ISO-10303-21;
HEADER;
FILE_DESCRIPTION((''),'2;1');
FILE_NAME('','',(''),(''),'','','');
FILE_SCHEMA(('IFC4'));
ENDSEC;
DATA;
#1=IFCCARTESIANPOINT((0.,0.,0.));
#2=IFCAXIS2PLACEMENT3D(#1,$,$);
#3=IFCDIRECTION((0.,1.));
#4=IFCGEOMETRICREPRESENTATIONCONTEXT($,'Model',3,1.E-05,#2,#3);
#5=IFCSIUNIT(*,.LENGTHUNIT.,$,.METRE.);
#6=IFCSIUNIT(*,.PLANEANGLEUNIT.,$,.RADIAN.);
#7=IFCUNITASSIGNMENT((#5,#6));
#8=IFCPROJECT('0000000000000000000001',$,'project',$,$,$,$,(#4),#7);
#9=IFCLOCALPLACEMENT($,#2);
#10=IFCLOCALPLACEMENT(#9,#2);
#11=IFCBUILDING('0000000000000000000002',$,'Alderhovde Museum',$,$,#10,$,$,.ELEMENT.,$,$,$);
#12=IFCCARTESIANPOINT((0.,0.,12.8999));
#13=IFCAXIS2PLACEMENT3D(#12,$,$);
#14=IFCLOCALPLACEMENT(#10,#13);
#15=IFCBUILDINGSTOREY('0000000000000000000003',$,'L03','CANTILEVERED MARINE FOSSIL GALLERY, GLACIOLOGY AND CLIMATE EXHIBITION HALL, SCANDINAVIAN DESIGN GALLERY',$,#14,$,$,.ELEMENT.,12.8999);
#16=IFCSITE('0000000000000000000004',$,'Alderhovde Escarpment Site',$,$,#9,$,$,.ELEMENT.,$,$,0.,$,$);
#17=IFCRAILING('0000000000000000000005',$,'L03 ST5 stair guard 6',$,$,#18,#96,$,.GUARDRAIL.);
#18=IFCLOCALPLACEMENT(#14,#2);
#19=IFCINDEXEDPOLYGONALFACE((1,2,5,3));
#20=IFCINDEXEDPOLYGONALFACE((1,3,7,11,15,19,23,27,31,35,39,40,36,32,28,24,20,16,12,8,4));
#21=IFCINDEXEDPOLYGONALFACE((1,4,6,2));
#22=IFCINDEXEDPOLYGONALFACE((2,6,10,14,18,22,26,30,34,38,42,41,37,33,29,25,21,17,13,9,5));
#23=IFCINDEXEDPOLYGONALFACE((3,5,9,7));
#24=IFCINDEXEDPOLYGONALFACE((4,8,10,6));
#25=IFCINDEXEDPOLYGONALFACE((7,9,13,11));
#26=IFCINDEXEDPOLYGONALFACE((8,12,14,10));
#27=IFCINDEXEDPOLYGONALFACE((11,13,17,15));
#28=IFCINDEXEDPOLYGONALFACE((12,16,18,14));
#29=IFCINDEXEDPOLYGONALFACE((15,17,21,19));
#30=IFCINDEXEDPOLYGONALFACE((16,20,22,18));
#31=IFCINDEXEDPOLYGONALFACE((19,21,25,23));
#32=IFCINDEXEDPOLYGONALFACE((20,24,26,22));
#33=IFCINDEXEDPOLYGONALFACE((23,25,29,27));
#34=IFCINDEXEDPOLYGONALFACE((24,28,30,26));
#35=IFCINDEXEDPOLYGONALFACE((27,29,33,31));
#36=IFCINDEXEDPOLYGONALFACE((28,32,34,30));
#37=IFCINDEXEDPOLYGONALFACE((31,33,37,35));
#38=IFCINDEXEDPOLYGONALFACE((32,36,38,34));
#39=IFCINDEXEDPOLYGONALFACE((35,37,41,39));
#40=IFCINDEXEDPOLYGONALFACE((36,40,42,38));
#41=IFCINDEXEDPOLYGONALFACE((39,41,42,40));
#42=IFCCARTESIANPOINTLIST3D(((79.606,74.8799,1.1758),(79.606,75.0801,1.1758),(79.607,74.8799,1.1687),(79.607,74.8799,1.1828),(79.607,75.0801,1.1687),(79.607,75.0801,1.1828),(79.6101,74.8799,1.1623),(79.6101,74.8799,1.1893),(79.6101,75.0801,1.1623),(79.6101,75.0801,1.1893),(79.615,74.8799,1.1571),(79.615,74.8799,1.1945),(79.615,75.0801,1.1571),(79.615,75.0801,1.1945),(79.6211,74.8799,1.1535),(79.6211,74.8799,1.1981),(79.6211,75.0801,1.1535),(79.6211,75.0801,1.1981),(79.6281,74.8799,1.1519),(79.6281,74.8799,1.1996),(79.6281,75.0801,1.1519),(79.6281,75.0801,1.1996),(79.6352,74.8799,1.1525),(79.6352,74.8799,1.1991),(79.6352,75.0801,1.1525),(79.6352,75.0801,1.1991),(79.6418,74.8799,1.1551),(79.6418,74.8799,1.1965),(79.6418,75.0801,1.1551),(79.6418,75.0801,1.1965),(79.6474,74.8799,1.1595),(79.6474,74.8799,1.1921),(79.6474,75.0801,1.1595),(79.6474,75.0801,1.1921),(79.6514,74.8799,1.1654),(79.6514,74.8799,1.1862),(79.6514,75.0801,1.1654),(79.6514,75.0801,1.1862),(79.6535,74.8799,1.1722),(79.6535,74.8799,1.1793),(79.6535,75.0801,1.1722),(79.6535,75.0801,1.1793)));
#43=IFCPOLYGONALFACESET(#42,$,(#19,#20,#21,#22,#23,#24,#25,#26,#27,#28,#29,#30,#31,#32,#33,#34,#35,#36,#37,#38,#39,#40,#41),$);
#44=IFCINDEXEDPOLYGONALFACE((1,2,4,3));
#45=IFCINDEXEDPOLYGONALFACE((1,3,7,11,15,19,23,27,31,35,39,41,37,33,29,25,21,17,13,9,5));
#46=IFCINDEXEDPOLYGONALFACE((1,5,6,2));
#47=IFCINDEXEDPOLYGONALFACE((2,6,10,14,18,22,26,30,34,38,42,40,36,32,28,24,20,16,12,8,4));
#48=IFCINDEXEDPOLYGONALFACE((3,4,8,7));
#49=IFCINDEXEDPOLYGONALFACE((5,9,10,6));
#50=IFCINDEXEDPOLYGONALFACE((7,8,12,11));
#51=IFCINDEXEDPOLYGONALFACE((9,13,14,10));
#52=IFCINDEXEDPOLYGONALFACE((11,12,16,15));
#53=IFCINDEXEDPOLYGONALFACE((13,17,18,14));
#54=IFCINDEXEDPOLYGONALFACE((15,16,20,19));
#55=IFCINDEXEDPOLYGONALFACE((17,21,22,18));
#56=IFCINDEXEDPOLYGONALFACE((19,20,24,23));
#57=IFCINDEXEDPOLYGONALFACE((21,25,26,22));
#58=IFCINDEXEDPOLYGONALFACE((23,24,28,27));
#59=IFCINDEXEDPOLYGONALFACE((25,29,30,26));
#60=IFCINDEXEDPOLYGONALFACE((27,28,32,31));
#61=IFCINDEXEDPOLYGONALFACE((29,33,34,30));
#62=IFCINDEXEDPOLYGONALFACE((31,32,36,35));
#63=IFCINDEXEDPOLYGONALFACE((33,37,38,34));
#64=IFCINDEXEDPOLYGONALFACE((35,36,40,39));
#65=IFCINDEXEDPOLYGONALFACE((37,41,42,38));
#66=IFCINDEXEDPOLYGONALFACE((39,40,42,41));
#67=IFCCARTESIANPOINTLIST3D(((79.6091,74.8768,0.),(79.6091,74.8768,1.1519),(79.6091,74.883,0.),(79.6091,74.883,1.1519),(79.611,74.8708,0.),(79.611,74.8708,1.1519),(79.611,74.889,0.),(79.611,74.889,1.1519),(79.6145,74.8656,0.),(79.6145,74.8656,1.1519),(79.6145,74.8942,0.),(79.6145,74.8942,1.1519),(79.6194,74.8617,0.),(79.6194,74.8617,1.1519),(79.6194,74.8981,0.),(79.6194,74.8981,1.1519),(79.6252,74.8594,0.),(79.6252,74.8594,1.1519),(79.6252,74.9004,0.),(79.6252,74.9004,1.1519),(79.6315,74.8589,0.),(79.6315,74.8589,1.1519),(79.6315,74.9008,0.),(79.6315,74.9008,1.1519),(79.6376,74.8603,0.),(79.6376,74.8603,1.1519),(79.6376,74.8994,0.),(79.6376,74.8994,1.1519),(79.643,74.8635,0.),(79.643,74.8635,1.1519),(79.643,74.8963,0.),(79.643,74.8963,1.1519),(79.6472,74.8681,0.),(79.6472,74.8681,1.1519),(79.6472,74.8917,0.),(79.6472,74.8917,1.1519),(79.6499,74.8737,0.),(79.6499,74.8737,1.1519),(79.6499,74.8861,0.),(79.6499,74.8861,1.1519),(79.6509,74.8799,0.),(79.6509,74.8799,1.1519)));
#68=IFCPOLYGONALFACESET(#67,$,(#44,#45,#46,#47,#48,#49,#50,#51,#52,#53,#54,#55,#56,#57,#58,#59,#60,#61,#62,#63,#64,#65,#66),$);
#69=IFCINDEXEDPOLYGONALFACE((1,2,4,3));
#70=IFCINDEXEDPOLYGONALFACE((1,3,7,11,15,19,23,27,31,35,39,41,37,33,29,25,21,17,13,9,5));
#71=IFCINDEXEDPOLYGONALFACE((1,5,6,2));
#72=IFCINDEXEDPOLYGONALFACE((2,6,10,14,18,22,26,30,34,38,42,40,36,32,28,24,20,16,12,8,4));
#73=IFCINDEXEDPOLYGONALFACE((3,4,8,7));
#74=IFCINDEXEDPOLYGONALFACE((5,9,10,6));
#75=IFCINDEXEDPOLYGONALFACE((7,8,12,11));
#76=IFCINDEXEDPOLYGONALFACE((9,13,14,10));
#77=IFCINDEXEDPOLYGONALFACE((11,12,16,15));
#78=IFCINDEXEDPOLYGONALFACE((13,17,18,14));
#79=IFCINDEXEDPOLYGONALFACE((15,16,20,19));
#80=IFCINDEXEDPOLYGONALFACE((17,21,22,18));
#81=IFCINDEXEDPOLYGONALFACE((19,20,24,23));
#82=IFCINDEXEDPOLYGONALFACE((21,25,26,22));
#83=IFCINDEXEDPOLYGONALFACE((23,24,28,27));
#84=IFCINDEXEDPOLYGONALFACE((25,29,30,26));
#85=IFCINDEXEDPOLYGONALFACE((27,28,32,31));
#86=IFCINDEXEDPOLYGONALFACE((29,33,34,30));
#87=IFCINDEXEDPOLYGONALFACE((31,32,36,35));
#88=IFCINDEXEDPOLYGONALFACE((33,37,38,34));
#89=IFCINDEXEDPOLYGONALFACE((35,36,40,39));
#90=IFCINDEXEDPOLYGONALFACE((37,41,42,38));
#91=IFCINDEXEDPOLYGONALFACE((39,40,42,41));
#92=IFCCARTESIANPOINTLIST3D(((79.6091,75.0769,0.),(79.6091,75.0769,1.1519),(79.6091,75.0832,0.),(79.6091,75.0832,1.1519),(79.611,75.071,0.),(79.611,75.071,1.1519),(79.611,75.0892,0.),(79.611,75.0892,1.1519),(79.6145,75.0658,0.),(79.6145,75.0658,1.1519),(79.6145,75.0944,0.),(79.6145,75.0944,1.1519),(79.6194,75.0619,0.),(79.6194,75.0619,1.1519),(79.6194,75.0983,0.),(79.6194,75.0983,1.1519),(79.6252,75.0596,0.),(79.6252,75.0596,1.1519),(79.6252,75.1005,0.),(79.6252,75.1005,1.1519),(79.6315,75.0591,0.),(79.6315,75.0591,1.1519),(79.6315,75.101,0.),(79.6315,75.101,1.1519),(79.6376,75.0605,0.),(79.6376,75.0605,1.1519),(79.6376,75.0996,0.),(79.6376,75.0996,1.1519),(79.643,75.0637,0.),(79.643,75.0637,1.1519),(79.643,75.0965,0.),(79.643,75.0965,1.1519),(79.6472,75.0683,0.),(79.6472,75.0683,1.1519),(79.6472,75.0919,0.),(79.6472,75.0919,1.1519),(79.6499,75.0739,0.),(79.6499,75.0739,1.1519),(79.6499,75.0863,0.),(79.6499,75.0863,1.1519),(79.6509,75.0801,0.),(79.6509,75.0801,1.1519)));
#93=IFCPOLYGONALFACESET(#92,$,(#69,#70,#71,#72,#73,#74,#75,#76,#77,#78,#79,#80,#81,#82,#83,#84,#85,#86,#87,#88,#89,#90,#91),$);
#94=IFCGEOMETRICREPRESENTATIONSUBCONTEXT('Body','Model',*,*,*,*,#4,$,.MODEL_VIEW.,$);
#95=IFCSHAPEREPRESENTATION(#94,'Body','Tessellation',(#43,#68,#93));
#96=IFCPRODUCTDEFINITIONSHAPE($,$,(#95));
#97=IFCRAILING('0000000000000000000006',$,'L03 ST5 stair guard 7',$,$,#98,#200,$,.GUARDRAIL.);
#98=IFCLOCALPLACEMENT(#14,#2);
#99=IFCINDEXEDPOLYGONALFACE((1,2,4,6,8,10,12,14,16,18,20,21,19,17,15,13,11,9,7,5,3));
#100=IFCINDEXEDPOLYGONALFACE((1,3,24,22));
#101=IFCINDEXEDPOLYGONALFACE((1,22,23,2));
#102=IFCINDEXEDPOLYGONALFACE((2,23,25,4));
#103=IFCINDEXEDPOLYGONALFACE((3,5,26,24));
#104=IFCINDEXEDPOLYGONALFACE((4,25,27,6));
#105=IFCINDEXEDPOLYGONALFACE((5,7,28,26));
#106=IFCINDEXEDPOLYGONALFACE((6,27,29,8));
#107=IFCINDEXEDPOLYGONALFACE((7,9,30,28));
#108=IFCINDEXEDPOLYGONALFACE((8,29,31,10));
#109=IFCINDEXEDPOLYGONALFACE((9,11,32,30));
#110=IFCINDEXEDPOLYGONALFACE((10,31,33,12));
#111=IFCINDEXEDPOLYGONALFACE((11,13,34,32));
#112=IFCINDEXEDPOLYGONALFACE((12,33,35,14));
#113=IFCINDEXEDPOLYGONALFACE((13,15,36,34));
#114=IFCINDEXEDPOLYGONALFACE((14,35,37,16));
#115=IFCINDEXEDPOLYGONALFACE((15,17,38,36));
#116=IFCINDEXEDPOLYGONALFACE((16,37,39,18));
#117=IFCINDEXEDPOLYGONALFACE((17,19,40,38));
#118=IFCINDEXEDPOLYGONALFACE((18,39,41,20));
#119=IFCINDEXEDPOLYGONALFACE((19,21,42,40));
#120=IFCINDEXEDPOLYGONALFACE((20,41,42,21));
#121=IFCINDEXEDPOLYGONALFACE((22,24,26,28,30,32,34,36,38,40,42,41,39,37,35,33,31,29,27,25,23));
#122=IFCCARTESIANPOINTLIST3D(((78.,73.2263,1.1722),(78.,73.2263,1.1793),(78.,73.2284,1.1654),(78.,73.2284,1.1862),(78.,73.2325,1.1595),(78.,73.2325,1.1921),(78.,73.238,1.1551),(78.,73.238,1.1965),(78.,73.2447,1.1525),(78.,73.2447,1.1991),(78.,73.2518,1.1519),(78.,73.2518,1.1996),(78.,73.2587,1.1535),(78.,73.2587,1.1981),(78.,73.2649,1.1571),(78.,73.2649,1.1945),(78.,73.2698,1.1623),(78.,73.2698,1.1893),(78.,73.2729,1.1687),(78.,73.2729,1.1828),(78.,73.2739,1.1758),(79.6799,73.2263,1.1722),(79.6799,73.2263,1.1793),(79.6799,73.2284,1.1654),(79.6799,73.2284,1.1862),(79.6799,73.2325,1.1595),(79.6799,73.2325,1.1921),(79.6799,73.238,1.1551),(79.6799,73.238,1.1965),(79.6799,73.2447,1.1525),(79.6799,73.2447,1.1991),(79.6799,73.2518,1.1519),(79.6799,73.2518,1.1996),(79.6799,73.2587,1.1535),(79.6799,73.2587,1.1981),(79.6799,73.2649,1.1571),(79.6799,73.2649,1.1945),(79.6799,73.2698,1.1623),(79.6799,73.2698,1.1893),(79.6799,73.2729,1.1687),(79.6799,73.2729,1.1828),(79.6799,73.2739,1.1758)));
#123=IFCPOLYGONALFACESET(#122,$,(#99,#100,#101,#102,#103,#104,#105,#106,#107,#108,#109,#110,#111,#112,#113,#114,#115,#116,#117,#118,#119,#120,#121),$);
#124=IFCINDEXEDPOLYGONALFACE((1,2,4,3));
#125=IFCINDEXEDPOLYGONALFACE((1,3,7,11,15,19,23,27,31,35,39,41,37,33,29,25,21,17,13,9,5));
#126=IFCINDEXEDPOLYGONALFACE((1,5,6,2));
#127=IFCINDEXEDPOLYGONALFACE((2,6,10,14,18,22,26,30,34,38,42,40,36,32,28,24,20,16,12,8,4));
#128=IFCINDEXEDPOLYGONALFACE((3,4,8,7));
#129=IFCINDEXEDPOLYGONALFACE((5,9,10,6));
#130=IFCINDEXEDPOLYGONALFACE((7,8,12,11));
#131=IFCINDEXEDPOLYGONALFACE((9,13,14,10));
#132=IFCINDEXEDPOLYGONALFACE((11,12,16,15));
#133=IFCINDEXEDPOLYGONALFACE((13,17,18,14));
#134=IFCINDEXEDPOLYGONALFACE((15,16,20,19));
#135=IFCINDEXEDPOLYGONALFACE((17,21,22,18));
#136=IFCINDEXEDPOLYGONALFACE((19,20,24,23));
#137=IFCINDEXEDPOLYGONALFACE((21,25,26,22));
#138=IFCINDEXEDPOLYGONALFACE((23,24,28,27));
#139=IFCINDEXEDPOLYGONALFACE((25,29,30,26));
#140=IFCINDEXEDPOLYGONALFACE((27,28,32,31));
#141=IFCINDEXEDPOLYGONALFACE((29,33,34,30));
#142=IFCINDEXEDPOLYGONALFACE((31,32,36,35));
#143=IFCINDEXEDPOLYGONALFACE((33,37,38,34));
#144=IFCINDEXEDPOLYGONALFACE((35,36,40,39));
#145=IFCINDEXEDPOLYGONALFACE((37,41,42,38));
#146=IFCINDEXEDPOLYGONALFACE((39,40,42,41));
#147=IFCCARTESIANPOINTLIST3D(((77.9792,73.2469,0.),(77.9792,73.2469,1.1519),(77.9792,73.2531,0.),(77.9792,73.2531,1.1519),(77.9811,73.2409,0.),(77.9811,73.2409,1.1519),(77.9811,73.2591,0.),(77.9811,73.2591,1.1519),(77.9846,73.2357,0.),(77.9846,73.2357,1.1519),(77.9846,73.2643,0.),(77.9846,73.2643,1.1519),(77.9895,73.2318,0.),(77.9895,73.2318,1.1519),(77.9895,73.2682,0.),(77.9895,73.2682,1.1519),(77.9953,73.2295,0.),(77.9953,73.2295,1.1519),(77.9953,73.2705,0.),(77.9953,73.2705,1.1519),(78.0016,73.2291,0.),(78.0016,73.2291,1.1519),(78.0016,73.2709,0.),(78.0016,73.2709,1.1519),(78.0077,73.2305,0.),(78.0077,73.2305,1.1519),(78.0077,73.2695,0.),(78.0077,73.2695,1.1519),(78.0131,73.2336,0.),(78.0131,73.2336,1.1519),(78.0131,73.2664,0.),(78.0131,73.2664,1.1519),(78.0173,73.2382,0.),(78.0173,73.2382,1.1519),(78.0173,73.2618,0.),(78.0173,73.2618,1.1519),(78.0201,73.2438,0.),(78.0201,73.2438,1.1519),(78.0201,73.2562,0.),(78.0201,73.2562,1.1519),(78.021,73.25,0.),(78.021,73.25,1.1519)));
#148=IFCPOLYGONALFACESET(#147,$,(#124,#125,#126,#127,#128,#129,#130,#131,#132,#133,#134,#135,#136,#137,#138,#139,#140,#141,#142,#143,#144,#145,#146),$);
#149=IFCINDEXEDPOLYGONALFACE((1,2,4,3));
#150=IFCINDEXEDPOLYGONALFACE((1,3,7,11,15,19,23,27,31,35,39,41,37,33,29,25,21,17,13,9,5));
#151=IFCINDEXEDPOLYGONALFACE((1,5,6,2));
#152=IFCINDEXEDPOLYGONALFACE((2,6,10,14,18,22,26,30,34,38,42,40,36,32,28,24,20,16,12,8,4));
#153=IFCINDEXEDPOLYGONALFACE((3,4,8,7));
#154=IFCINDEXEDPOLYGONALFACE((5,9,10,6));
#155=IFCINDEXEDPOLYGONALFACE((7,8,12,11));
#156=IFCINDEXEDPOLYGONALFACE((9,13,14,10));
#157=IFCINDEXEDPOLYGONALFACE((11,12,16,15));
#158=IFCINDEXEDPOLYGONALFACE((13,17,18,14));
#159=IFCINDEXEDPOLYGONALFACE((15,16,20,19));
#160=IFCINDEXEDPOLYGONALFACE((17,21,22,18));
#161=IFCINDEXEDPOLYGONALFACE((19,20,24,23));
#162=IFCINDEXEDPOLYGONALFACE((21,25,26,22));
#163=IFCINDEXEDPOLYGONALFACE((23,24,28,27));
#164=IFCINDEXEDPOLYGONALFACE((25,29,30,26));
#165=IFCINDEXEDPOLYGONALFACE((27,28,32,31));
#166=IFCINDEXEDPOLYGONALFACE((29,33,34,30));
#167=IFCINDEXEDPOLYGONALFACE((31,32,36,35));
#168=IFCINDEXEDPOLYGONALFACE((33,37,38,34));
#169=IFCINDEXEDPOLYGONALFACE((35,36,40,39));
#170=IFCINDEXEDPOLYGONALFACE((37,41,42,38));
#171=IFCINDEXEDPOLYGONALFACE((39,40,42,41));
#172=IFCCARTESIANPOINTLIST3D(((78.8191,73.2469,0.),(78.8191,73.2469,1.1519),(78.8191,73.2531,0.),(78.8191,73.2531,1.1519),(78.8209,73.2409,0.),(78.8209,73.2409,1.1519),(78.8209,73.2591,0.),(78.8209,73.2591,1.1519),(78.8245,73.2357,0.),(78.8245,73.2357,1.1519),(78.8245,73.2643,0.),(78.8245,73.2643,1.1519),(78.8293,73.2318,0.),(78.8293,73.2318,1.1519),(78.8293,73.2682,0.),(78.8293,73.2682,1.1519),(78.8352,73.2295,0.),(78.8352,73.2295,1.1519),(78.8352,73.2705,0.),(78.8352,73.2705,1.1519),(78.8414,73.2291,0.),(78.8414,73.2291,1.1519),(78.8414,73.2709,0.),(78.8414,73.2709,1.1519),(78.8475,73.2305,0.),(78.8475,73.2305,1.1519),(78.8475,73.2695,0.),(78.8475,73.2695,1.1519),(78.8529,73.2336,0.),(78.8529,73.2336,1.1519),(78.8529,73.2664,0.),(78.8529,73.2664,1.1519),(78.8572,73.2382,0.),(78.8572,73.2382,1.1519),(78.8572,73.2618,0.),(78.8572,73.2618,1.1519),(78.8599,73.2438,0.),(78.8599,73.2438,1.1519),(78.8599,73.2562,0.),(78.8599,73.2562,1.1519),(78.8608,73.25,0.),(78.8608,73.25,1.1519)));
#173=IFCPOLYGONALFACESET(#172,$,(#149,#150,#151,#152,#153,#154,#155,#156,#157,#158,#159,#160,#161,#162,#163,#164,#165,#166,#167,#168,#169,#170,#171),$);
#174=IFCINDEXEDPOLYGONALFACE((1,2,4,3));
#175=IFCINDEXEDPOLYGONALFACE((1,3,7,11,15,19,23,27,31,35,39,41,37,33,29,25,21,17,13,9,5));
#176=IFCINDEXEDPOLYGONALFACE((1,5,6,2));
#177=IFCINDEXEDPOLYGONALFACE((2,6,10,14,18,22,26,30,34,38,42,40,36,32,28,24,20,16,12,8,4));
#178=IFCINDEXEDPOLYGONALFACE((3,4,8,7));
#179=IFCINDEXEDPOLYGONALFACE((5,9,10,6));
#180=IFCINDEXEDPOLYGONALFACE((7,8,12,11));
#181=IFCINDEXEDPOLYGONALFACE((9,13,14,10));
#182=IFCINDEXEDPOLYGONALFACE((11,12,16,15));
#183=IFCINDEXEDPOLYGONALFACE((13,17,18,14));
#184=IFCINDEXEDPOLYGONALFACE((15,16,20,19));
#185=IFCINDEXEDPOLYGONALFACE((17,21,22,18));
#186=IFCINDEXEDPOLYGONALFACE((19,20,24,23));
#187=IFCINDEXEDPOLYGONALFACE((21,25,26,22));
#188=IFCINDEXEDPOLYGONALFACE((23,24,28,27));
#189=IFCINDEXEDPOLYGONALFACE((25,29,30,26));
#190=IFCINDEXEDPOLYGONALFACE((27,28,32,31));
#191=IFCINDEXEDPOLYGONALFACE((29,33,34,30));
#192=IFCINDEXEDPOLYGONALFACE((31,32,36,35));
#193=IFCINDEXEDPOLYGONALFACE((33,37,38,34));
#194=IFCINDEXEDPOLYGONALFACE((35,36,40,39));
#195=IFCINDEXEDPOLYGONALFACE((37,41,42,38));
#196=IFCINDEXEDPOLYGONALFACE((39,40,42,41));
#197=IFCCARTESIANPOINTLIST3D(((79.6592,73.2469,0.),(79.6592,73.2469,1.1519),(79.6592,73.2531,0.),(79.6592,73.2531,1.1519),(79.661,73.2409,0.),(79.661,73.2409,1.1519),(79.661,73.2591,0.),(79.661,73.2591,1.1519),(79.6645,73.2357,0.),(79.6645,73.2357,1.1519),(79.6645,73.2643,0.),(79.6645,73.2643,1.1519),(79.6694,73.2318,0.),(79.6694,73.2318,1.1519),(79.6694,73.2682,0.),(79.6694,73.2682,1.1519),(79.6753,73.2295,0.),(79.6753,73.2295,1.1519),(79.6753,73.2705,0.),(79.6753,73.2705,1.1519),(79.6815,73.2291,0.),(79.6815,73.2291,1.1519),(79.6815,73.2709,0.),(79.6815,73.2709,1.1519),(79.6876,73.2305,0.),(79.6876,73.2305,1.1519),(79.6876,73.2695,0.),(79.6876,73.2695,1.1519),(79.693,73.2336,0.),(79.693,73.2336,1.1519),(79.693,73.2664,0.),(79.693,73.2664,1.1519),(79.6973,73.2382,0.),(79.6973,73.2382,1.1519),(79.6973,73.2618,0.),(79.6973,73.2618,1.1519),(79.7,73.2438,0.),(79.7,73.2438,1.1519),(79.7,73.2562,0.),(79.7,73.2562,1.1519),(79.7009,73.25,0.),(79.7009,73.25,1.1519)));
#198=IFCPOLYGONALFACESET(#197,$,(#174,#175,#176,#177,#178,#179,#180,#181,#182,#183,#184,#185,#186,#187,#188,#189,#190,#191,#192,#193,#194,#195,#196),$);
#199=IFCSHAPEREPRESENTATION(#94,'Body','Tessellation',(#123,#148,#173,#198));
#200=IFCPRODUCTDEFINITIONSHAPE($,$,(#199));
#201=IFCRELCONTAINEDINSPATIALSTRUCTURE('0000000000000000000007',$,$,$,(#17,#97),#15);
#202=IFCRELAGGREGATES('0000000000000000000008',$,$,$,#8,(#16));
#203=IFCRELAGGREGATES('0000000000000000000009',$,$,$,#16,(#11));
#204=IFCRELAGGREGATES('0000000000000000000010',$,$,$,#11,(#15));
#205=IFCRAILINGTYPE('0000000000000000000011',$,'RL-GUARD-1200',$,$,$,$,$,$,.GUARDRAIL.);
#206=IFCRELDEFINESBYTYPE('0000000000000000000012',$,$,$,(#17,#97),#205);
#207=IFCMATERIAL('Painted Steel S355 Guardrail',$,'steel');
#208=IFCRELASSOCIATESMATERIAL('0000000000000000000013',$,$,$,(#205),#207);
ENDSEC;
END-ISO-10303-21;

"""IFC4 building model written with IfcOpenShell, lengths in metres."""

from ifc_helpers import new_model, si_unit, direction, frame, origin, origin_2d, place, context, subcontext, project, spatial, circle, extrude, material, type_object, element, save


model = new_model("IFC4")

# Units and contexts
model_context = context("Model", 3, precision=1e-05, world=origin(), true_north=direction((0.0, 1.0)))
body_context = subcontext(model_context, "Body", "Model", "MODEL_VIEW")
ifc_project = project(units=[si_unit("LENGTHUNIT", "METRE"), si_unit("PLANEANGLEUNIT", "RADIAN")], contexts=[model_context])

# Site, building, storey
site_placement = place(None, origin())
site = spatial("IfcSite", under=ifc_project, at=site_placement, Name="Alderhovde Escarpment Site", CompositionType="ELEMENT", RefElevation=0.0)
building_placement = place(site_placement, origin())
building = spatial("IfcBuilding", under=site, at=building_placement, Name="Alderhovde Museum", CompositionType="ELEMENT")
storey_placement = place(building_placement, frame((0.0, 0.0, 12.8999)))
storey = spatial("IfcBuildingStorey", under=building, at=storey_placement, Name="L03", Description="CANTILEVERED MARINE FOSSIL GALLERY, GLACIOLOGY AND CLIMATE EXHIBITION HALL, SCANDINAVIAN DESIGN GALLERY", CompositionType="ELEMENT", Elevation=12.8999)

# Railings
ifc_material_1 = material(Name="Painted Steel S355 Guardrail", Category="steel")
railing_type_1 = type_object("IfcRailingType", Name="RL-GUARD-1200", PredefinedType="GUARDRAIL", material=ifc_material_1)
railing_1_placement = place(storey_placement, frame((79.6299, 74.8799, 0.0)))
element("IfcRailing", 1, at=railing_1_placement, inside=storey, type_object=railing_type_1, Name="L03 ST5 stair guard 6", PredefinedType="GUARDRAIL", context=body_context, shape_type="SweptSolid", body=[
    extrude(circle(Radius=0.0239, at=origin_2d()), frame((0.0, 0.0, 1.1758), z_axis=(0.0, 1.0, 0.0), x_axis=(-1.0, 0.0, 0.0)), (0.0, 0.0, 1.0), 0.2002),
    extrude(circle(Radius=0.021, at=origin_2d()), origin(), (0.0, 0.0, 1.0), 1.1519),
    extrude(circle(Radius=0.021, at=origin_2d()), frame((0.0, 0.2002, 0.0)), (0.0, 0.0, 1.0), 1.1519),
])
for number, where, name in (
    (2, (78.0, 73.25, 0.0), "L03 ST5 stair guard 7"),
):
    element("IfcRailing", number, at=place(storey_placement, frame(where)), inside=storey, type_object=railing_type_1, Name=name, PredefinedType="GUARDRAIL", context=body_context, shape_type="SweptSolid", body=[
        extrude(circle(Radius=0.0239, at=origin_2d()), frame((0.0, 0.0, 1.1758), z_axis=(1.0, 0.0, 0.0), x_axis=(0.0, 1.0, 0.0)), (0.0, 0.0, 1.0), 1.6799),
        extrude(circle(Radius=0.021, at=origin_2d()), origin(), (0.0, 0.0, 1.0), 1.1519),
        extrude(circle(Radius=0.021, at=origin_2d()), frame((0.8398, 0.0, 0.0)), (0.0, 0.0, 1.0), 1.1519),
        extrude(circle(Radius=0.021, at=origin_2d()), frame((1.6799, 0.0, 0.0)), (0.0, 0.0, 1.0), 1.1519),
    ])

save(model, "model.ifc")
